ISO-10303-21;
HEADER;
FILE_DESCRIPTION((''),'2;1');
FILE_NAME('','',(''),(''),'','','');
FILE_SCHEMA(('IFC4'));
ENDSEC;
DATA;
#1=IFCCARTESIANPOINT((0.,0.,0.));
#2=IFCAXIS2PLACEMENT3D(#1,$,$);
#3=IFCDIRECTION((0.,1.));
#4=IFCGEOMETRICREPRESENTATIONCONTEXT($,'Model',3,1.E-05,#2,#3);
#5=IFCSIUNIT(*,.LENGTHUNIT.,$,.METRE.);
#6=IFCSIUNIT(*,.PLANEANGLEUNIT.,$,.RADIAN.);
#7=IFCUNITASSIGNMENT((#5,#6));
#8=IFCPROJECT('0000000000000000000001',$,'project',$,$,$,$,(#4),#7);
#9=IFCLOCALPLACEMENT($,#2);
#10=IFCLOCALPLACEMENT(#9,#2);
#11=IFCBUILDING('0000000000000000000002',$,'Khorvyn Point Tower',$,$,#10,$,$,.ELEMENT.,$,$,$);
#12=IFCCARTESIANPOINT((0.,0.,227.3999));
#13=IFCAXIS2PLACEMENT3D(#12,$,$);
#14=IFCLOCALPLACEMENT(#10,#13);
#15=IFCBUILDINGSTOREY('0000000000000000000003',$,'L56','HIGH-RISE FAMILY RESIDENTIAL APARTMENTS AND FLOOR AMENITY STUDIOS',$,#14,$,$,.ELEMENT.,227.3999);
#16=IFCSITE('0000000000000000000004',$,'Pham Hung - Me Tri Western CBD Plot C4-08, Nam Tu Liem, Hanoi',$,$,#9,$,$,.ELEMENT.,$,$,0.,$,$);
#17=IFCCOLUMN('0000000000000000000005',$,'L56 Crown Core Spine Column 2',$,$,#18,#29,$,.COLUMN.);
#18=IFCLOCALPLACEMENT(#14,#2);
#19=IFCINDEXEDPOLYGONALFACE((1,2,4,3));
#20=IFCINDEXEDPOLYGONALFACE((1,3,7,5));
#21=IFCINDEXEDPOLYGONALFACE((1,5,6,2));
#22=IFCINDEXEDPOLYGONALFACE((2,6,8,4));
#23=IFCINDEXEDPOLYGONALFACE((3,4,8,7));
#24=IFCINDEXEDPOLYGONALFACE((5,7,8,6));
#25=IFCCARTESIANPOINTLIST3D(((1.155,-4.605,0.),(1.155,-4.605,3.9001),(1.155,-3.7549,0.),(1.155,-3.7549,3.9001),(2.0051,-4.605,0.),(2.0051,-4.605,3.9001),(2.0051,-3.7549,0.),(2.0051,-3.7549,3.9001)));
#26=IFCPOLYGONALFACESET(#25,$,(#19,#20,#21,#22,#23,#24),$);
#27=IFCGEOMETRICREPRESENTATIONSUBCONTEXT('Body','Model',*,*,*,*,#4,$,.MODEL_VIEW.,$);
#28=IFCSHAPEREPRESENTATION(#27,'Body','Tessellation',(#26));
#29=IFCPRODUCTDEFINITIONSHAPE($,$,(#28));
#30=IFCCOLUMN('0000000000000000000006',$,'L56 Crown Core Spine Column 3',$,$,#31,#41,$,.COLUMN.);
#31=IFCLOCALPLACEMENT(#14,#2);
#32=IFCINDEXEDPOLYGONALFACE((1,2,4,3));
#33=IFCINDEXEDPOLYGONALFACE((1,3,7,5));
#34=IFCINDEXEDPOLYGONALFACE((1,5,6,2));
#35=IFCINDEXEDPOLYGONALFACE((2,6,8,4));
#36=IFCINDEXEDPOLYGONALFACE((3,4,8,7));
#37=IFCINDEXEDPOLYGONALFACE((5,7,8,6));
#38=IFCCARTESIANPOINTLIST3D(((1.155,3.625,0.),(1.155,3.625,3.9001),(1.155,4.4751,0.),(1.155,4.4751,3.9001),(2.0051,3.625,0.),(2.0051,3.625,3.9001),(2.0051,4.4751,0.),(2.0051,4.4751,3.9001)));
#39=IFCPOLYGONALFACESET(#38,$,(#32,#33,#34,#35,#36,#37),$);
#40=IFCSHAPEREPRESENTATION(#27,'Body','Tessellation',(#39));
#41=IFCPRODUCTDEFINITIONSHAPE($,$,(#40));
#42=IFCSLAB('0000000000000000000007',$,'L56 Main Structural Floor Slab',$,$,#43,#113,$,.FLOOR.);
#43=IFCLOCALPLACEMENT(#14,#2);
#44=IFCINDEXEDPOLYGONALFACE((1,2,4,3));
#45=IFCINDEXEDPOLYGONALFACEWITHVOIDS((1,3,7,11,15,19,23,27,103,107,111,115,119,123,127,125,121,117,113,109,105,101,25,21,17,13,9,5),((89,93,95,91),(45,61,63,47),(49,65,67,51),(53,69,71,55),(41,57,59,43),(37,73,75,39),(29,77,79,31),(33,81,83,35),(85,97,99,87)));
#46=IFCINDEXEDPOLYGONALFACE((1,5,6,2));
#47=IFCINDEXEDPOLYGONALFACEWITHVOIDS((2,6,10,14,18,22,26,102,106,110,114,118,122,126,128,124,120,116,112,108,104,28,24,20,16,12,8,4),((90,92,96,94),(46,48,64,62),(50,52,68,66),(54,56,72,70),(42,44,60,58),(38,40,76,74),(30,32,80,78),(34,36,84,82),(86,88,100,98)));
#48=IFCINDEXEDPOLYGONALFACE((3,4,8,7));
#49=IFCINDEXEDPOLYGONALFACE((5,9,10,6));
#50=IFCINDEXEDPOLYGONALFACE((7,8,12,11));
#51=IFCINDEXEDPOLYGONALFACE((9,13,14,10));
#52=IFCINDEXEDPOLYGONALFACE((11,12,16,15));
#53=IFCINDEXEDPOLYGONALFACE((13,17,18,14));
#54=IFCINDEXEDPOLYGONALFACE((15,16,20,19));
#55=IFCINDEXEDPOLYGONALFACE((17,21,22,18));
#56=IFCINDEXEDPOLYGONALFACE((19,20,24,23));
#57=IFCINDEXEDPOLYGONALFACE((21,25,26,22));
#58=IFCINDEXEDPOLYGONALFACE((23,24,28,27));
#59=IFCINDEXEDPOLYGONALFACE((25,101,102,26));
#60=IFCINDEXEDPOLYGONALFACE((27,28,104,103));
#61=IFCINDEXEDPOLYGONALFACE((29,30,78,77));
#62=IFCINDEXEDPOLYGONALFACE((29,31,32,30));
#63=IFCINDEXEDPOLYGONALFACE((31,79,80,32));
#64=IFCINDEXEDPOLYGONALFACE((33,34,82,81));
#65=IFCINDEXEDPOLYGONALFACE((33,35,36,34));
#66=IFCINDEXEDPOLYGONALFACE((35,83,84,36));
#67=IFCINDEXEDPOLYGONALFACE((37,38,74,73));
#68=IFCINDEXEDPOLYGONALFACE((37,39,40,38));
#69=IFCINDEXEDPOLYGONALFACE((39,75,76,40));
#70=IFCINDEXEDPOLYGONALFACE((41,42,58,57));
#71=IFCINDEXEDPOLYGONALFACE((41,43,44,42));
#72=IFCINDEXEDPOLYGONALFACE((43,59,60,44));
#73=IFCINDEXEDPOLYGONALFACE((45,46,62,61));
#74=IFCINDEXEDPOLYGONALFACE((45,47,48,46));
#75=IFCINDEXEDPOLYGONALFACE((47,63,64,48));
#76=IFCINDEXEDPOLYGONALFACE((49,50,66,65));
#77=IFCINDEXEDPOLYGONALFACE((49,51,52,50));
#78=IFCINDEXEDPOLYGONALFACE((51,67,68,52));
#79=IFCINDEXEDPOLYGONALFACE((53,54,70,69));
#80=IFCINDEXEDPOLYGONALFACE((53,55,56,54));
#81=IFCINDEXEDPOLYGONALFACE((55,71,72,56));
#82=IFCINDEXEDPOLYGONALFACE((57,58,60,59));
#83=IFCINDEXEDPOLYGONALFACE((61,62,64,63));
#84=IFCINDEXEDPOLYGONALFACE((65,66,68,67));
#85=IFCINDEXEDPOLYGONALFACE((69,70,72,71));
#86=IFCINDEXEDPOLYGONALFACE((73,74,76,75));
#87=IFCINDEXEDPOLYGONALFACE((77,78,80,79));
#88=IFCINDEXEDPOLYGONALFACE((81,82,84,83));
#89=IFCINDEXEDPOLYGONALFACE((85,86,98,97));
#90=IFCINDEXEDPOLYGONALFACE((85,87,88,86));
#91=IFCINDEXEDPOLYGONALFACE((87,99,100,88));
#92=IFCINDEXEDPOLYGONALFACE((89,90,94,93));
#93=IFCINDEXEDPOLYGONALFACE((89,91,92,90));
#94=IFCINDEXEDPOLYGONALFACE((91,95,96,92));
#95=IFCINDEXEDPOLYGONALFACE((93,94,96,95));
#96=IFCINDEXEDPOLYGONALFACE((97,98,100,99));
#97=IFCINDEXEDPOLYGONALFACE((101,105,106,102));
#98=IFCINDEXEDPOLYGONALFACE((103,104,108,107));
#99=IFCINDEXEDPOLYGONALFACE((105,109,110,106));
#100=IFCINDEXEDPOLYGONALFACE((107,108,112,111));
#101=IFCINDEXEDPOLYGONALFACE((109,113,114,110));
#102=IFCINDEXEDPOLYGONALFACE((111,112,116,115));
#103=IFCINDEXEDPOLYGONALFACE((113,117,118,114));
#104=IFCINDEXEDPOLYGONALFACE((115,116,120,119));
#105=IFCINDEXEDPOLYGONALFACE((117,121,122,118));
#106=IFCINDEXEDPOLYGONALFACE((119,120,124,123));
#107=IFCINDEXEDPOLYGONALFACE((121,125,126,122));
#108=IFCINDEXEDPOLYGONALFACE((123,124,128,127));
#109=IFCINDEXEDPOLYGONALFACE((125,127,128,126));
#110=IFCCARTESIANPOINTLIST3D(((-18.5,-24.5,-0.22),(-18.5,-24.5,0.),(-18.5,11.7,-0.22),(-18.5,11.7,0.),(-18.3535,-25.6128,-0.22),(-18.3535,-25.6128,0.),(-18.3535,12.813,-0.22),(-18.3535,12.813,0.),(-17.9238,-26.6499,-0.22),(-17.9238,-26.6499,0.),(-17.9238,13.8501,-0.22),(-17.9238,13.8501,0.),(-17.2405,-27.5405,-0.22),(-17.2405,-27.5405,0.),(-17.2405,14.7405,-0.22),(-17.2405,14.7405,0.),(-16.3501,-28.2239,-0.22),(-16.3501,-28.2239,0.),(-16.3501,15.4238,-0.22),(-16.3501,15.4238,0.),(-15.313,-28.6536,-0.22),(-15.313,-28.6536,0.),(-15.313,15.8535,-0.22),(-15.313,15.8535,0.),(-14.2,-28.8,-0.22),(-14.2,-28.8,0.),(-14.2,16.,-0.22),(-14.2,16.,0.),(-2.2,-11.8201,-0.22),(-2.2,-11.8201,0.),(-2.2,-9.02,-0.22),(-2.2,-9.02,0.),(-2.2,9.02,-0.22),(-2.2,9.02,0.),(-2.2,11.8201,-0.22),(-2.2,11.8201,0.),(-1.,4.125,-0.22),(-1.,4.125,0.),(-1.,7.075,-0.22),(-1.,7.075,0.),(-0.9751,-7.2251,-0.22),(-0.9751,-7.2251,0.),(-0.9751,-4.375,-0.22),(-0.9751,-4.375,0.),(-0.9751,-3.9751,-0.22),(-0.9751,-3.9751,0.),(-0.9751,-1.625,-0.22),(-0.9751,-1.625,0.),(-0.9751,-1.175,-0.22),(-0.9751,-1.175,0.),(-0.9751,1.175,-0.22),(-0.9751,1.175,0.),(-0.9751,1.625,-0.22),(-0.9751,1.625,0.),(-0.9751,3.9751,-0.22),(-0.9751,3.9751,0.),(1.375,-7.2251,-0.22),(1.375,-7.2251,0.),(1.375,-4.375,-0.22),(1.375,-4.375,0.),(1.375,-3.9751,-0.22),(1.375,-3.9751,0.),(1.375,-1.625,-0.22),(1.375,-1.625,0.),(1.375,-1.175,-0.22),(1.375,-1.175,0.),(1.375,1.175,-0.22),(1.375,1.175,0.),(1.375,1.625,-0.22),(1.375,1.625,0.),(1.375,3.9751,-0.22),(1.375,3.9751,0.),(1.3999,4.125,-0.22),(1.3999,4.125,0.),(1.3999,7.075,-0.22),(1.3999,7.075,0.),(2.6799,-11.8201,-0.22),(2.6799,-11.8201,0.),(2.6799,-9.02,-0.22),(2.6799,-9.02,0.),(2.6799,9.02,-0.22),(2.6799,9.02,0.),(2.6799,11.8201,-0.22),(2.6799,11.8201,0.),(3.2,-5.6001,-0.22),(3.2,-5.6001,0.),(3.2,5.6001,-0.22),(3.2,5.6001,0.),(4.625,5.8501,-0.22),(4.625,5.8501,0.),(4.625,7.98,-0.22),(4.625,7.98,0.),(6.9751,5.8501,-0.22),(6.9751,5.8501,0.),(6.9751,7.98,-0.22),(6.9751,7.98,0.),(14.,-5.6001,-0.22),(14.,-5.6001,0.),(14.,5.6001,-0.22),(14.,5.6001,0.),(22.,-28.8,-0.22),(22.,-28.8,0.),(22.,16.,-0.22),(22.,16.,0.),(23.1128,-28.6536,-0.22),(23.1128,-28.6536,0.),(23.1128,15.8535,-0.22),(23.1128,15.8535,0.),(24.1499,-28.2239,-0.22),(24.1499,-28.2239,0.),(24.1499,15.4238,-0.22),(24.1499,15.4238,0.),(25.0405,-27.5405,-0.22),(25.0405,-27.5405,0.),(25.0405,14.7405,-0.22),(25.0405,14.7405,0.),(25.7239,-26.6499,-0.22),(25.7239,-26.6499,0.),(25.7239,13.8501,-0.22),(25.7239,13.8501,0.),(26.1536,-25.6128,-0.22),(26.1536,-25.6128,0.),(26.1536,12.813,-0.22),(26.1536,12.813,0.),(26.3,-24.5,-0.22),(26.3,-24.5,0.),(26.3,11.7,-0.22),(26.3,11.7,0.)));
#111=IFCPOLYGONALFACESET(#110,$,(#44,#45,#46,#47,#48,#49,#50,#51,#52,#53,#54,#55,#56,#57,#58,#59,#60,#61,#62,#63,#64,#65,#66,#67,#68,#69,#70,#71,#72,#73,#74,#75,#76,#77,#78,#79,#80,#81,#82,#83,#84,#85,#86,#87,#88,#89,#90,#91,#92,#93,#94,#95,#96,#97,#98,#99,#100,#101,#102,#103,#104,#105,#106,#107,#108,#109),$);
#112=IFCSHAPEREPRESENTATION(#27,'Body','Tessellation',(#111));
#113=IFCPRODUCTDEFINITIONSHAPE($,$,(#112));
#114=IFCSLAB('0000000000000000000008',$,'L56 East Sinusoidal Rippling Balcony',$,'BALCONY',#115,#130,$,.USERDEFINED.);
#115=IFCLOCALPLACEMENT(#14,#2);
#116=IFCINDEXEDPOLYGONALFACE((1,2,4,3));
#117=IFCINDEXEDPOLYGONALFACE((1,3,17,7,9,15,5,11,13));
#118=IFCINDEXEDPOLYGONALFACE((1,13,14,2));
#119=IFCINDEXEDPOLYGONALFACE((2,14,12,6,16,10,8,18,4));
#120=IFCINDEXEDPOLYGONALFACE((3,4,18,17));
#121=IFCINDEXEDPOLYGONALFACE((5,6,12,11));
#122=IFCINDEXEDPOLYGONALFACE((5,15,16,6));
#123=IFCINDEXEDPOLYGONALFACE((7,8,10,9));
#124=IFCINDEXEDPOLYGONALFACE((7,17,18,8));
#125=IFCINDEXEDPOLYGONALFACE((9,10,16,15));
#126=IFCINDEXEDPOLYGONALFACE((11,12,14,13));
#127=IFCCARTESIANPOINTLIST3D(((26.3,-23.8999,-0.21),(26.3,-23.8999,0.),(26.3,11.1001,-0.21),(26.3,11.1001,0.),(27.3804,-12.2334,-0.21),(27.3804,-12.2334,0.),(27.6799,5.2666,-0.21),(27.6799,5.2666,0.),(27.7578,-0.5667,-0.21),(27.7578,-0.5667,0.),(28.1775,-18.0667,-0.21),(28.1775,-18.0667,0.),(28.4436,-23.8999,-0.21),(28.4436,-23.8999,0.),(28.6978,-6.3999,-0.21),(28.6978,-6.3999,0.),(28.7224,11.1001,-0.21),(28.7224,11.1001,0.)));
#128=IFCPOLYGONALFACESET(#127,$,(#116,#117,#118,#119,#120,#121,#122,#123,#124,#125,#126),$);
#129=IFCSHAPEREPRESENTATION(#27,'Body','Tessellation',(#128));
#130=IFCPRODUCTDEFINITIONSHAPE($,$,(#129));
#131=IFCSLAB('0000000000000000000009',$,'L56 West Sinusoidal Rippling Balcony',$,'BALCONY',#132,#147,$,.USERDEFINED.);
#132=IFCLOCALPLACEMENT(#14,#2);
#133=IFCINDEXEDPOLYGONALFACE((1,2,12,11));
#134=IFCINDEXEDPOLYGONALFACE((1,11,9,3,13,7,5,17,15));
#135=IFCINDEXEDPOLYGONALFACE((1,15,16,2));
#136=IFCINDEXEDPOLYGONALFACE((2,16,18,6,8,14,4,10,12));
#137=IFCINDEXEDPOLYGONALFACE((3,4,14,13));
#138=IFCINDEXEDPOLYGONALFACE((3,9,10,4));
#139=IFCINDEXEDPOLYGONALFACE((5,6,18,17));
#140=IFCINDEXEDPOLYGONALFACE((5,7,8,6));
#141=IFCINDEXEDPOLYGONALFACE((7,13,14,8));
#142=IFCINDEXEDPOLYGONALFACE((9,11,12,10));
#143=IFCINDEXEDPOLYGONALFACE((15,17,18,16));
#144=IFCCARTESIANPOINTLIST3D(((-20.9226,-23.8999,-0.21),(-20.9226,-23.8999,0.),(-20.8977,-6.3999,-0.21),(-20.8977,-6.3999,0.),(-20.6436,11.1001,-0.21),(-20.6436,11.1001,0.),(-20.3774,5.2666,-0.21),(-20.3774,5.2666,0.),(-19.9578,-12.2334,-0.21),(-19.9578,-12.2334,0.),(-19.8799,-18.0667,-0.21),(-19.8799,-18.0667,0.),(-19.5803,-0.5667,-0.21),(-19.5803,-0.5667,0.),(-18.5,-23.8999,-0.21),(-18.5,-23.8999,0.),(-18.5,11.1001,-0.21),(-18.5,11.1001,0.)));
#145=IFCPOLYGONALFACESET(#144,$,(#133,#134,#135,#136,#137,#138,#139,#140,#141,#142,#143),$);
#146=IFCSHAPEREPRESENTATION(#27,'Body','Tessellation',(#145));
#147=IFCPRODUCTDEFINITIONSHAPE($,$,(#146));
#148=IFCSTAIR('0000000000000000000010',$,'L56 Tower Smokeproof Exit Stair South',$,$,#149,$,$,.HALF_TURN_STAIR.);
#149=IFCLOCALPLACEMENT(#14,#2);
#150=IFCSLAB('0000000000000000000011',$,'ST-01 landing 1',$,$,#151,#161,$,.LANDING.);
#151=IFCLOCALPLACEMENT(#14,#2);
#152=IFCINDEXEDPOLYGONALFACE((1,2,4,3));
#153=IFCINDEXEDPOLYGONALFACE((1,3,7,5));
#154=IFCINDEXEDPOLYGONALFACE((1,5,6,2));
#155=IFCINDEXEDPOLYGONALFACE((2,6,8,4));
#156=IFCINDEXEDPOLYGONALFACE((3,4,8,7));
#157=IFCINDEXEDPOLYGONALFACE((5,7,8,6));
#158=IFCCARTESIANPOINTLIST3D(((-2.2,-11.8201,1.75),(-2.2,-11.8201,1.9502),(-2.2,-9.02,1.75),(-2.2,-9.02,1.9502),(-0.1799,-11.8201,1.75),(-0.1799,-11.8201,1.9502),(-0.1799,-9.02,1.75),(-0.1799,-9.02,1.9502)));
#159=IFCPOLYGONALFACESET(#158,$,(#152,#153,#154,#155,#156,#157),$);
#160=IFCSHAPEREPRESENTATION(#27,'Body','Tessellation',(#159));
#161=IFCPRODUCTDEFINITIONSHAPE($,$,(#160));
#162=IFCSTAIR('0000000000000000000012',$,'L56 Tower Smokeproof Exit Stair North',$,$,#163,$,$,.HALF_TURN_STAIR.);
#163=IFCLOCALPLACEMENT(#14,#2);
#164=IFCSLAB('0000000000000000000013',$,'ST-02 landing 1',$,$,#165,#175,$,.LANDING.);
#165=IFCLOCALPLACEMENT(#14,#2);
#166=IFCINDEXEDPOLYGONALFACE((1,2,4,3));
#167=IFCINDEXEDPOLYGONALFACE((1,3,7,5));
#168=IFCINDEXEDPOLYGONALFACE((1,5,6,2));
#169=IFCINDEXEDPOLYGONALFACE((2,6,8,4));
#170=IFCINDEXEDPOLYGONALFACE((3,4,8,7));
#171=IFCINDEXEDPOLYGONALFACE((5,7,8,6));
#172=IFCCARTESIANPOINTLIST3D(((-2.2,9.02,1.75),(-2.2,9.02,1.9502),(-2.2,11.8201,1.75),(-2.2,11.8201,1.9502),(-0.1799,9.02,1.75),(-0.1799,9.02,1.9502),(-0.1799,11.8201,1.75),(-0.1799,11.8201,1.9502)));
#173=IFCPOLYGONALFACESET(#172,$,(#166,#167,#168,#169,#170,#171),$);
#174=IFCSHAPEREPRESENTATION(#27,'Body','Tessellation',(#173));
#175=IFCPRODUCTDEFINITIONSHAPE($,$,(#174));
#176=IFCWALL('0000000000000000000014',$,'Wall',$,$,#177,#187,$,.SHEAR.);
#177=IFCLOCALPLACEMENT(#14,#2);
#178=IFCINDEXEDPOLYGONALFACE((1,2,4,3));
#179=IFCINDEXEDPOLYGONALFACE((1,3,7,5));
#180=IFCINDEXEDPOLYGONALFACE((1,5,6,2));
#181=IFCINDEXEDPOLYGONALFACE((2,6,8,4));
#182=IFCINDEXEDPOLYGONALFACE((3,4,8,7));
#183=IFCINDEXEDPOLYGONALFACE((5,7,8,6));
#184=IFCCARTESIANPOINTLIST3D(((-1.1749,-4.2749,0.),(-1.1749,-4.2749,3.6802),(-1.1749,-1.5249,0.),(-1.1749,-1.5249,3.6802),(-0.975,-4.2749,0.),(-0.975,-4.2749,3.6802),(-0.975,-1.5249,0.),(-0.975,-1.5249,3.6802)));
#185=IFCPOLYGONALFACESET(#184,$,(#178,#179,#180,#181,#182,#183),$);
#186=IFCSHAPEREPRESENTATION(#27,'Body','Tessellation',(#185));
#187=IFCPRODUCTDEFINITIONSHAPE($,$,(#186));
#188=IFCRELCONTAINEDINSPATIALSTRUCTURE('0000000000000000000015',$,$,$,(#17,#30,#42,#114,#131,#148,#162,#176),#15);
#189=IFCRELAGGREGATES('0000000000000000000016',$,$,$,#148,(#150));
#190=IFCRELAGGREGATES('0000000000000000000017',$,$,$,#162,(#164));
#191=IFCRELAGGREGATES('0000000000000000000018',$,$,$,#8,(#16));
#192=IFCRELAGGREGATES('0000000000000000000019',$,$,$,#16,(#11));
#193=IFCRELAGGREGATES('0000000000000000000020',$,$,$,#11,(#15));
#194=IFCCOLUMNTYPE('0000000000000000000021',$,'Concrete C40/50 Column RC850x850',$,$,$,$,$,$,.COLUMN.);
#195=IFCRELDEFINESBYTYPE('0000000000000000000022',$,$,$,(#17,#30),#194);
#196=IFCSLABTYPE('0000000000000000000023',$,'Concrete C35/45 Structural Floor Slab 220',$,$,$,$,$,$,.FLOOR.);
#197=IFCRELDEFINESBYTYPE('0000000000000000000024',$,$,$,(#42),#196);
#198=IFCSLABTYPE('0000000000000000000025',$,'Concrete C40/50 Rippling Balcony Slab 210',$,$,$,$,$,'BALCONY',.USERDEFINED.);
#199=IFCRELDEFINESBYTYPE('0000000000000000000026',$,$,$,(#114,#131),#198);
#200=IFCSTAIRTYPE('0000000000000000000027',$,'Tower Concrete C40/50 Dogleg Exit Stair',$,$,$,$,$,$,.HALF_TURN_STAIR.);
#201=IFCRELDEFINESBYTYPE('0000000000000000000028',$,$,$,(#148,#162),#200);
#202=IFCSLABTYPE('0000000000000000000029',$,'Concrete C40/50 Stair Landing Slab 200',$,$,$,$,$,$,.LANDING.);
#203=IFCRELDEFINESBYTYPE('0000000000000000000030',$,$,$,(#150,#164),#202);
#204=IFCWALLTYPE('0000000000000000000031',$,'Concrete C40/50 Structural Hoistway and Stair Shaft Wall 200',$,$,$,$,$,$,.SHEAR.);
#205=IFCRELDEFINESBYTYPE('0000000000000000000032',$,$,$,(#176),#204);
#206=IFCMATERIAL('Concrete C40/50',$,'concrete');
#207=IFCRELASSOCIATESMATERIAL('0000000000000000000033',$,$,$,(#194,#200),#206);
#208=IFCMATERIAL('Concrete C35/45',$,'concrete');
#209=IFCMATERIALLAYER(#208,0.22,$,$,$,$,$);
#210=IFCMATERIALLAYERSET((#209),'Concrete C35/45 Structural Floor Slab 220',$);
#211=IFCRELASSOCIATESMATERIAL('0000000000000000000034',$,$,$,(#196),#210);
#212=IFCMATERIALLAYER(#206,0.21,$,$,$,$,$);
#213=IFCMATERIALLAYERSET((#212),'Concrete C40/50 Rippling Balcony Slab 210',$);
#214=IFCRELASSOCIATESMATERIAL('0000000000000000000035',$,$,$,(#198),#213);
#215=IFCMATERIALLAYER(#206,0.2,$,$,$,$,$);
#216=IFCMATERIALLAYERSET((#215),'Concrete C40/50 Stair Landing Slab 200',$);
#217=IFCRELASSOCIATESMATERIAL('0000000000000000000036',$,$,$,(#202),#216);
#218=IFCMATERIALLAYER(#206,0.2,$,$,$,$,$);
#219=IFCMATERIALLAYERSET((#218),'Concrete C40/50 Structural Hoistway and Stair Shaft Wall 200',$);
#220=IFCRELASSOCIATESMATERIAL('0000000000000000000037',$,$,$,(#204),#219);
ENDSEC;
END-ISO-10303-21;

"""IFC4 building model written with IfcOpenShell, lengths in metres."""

from ifc_helpers import new_model, si_unit, direction, frame, frame_2d, origin, origin_2d, place, context, subcontext, project, spatial, polyline, rectangle, outline, extrude, material, layer, layer_set, material_profile, profile_set, type_object, element, aggregate, save


model = new_model("IFC4")

# Units and contexts
model_context = context("Model", 3, precision=1e-05, world=origin(), true_north=direction((0.0, 1.0)))
body_context = subcontext(model_context, "Body", "Model", "MODEL_VIEW")
ifc_project = project(units=[si_unit("LENGTHUNIT", "METRE"), si_unit("PLANEANGLEUNIT", "RADIAN")], contexts=[model_context])

# Site, building, storey
site_placement = place(None, origin())
site = spatial("IfcSite", under=ifc_project, at=site_placement, Name="Pham Hung - Me Tri Western CBD Plot C4-08, Nam Tu Liem, Hanoi", CompositionType="ELEMENT", RefElevation=0.0)
building_placement = place(site_placement, origin())
building = spatial("IfcBuilding", under=site, at=building_placement, Name="Khorvyn Point Tower", CompositionType="ELEMENT")
storey_placement = place(building_placement, frame((0.0, 0.0, 227.3999)))
storey = spatial("IfcBuildingStorey", under=building, at=storey_placement, Name="L56", Description="HIGH-RISE FAMILY RESIDENTIAL APARTMENTS AND FLOOR AMENITY STUDIOS", CompositionType="ELEMENT", Elevation=227.3999)

# Columns
ifc_material_1 = material(Name="Concrete C40/50", Category="concrete")
ifc_material_profile = material_profile(ifc_material_1, rectangle(XDim=0.8501, YDim=0.8501, at=origin_2d()))
ifc_profile_set = profile_set([ifc_material_profile], Name="Concrete C40/50 RC850x850")
column_type = type_object("IfcColumnType", Name="Concrete C40/50 Column RC850x850", PredefinedType="COLUMN", material=ifc_profile_set)
for number, where, z_axis, x_axis, name in (
    (1, (1.5801, -4.1799, 0.0), (0.0, 0.0, 1.0), (1.0, 0.0, 0.0), "L56 Crown Core Spine Column 2"),
    (2, (1.5801, 4.05, 0.0), (0.0, 0.0, 1.0), (1.0, 0.0, 0.0), "L56 Crown Core Spine Column 3"),
):
    element("IfcColumn", number, at=place(storey_placement, frame(where, z_axis=z_axis, x_axis=x_axis)), inside=storey, type_object=column_type, Name=name, PredefinedType="COLUMN", context=body_context, shape_type="SweptSolid", body=[
        extrude(rectangle(XDim=0.8501, YDim=0.8501, at=origin_2d()), origin(), (0.0, 0.0, 1.0), 3.9001),
    ])

# Slabs
ifc_material_2 = material(Name="Concrete C35/45", Category="concrete")
ifc_layer_1 = layer(ifc_material_2, 0.22)
ifc_layer_set_1 = layer_set([ifc_layer_1], Name="Concrete C35/45 Structural Floor Slab 220")
slab_type_1 = type_object("IfcSlabType", Name="Concrete C35/45 Structural Floor Slab 220", PredefinedType="FLOOR", material=ifc_layer_set_1)
slab_1_placement = place(storey_placement, frame((0.0, 0.0, -0.22)))
element("IfcSlab", 3, at=slab_1_placement, inside=storey, type_object=slab_type_1, Name="L56 Main Structural Floor Slab", PredefinedType="FLOOR", context=body_context, shape_type="SweptSolid", body=[
    extrude(outline(polyline([(-14.2, -28.8), (-15.313, -28.6536), (-16.3501, -28.2239), (-17.2405, -27.5405), (-17.9238, -26.6499), (-18.3535, -25.6128), (-18.5, -24.5), (-18.5, 11.7), (-18.3535, 12.813), (-17.9238, 13.8501), (-17.2405, 14.7405), (-16.3501, 15.4238), (-15.313, 15.8535), (-14.2, 16.0), (22.0, 16.0), (23.1128, 15.8535), (24.1499, 15.4238), (25.0405, 14.7405), (25.7239, 13.8501), (26.1536, 12.813), (26.3, 11.7), (26.3, -24.5), (26.1536, -25.6128), (25.7239, -26.6499), (25.0405, -27.5405), (24.1499, -28.2239), (23.1128, -28.6536), (22.0, -28.8), (-14.2, -28.8)]), holes=[polyline([(2.6799, -11.8201), (2.6799, -9.02), (-2.2, -9.02), (-2.2, -11.8201), (2.6799, -11.8201)]), polyline([(1.375, -7.2251), (1.375, -4.375), (-0.9751, -4.375), (-0.9751, -7.2251), (1.375, -7.2251)]), polyline([(1.375, -3.9751), (1.375, -1.625), (-0.9751, -1.625), (-0.9751, -3.9751), (1.375, -3.9751)]), polyline([(1.375, -1.175), (1.375, 1.175), (-0.9751, 1.175), (-0.9751, -1.175), (1.375, -1.175)]), polyline([(14.0, -5.6001), (14.0, 5.6001), (3.2, 5.6001), (3.2, -5.6001), (14.0, -5.6001)]), polyline([(1.375, 1.625), (1.375, 3.9751), (-0.9751, 3.9751), (-0.9751, 1.625), (1.375, 1.625)]), polyline([(1.3999, 4.125), (1.3999, 7.075), (-1.0, 7.075), (-1.0, 4.125), (1.3999, 4.125)]), polyline([(4.625, 5.8501), (6.9751, 5.8501), (6.9751, 7.98), (4.625, 7.98), (4.625, 5.8501)]), polyline([(-2.2, 9.02), (2.6799, 9.02), (2.6799, 11.8201), (-2.2, 11.8201), (-2.2, 9.02)])]), origin(), (0.0, 0.0, 1.0), 0.22),
])
ifc_layer_2 = layer(ifc_material_1, 0.21)
ifc_layer_set_2 = layer_set([ifc_layer_2], Name="Concrete C40/50 Rippling Balcony Slab 210")
slab_type_2 = type_object("IfcSlabType", Name="Concrete C40/50 Rippling Balcony Slab 210", ElementType="BALCONY", PredefinedType="USERDEFINED", material=ifc_layer_set_2)
slab_2_placement = place(storey_placement, frame((0.0, 0.0, -0.21)))
element("IfcSlab", 4, at=slab_2_placement, inside=storey, type_object=slab_type_2, Name="L56 East Sinusoidal Rippling Balcony", ObjectType="BALCONY", PredefinedType="USERDEFINED", context=body_context, shape_type="SweptSolid", body=[
    extrude(outline(polyline([(26.3, -23.8999), (28.4436, -23.8999), (28.1775, -18.0667), (27.3804, -12.2334), (28.6978, -6.3999), (27.7578, -0.5667), (27.6799, 5.2666), (28.7224, 11.1001), (26.3, 11.1001), (26.3, -23.8999)])), origin(), (0.0, 0.0, 1.0), 0.21),
])
slab_3_placement = place(storey_placement, frame((0.0, 0.0, -0.21)))
element("IfcSlab", 5, at=slab_3_placement, inside=storey, type_object=slab_type_2, Name="L56 West Sinusoidal Rippling Balcony", ObjectType="BALCONY", PredefinedType="USERDEFINED", context=body_context, shape_type="SweptSolid", body=[
    extrude(outline(polyline([(-18.5, 11.1001), (-20.6436, 11.1001), (-20.3774, 5.2666), (-19.5803, -0.5667), (-20.8977, -6.3999), (-19.9578, -12.2334), (-19.8799, -18.0667), (-20.9226, -23.8999), (-18.5, -23.8999), (-18.5, 11.1001)])), origin(), (0.0, 0.0, 1.0), 0.21),
])

# Stairs, slabs
stair_type = type_object("IfcStairType", Name="Tower Concrete C40/50 Dogleg Exit Stair", PredefinedType="HALF_TURN_STAIR", material=ifc_material_1)
stair_1_placement = place(storey_placement, origin())
stair_1 = element("IfcStair", 6, at=stair_1_placement, inside=storey, type_object=stair_type, Name="L56 Tower Smokeproof Exit Stair South", PredefinedType="HALF_TURN_STAIR")
ifc_layer_3 = layer(ifc_material_1, 0.2)
ifc_layer_set_3 = layer_set([ifc_layer_3], Name="Concrete C40/50 Stair Landing Slab 200")
slab_type_3 = type_object("IfcSlabType", Name="Concrete C40/50 Stair Landing Slab 200", PredefinedType="LANDING", material=ifc_layer_set_3)
slab_4_placement = place(storey_placement, frame((0.0, 0.0, 1.75)))
slab_4 = element("IfcSlab", 7, at=slab_4_placement, type_object=slab_type_3, Name="ST-01 landing 1", PredefinedType="LANDING", context=body_context, shape_type="SweptSolid", body=[
    extrude(outline(polyline([(-0.1799, -9.02), (-2.2, -9.02), (-2.2, -11.8201), (-0.1799, -11.8201), (-0.1799, -9.02)])), origin(), (0.0, 0.0, 1.0), 0.2002),
])
aggregate(stair_1, [slab_4])
stair_2_placement = place(storey_placement, origin())
stair_2 = element("IfcStair", 8, at=stair_2_placement, inside=storey, type_object=stair_type, Name="L56 Tower Smokeproof Exit Stair North", PredefinedType="HALF_TURN_STAIR")
slab_5_placement = place(storey_placement, frame((0.0, 0.0, 1.75)))
slab_5 = element("IfcSlab", 9, at=slab_5_placement, type_object=slab_type_3, Name="ST-02 landing 1", PredefinedType="LANDING", context=body_context, shape_type="SweptSolid", body=[
    extrude(outline(polyline([(-0.1799, 11.8201), (-2.2, 11.8201), (-2.2, 9.02), (-0.1799, 9.02), (-0.1799, 11.8201)])), origin(), (0.0, 0.0, 1.0), 0.2002),
])
aggregate(stair_2, [slab_5])

# Wall
ifc_layer_4 = layer(ifc_material_1, 0.2)
ifc_layer_set_4 = layer_set([ifc_layer_4], Name="Concrete C40/50 Structural Hoistway and Stair Shaft Wall 200")
wall_type = type_object("IfcWallType", Name="Concrete C40/50 Structural Hoistway and Stair Shaft Wall 200", PredefinedType="SHEAR", material=ifc_layer_set_4)
wall_1_placement = place(storey_placement, frame((-1.075, -4.2749, 0.0), z_axis=(0.0, 0.0, 1.0), x_axis=(0.0, 1.0, 0.0)))
element("IfcWall", 10, at=wall_1_placement, inside=storey, type_object=wall_type, Name="Wall", PredefinedType="SHEAR", context=body_context, shape_type="SweptSolid", body=[
    extrude(rectangle(XDim=2.75, YDim=0.2, at=frame_2d((1.375, 0.0))), origin(), (0.0, 0.0, 1.0), 3.6802),
])

save(model, "model.ifc")
